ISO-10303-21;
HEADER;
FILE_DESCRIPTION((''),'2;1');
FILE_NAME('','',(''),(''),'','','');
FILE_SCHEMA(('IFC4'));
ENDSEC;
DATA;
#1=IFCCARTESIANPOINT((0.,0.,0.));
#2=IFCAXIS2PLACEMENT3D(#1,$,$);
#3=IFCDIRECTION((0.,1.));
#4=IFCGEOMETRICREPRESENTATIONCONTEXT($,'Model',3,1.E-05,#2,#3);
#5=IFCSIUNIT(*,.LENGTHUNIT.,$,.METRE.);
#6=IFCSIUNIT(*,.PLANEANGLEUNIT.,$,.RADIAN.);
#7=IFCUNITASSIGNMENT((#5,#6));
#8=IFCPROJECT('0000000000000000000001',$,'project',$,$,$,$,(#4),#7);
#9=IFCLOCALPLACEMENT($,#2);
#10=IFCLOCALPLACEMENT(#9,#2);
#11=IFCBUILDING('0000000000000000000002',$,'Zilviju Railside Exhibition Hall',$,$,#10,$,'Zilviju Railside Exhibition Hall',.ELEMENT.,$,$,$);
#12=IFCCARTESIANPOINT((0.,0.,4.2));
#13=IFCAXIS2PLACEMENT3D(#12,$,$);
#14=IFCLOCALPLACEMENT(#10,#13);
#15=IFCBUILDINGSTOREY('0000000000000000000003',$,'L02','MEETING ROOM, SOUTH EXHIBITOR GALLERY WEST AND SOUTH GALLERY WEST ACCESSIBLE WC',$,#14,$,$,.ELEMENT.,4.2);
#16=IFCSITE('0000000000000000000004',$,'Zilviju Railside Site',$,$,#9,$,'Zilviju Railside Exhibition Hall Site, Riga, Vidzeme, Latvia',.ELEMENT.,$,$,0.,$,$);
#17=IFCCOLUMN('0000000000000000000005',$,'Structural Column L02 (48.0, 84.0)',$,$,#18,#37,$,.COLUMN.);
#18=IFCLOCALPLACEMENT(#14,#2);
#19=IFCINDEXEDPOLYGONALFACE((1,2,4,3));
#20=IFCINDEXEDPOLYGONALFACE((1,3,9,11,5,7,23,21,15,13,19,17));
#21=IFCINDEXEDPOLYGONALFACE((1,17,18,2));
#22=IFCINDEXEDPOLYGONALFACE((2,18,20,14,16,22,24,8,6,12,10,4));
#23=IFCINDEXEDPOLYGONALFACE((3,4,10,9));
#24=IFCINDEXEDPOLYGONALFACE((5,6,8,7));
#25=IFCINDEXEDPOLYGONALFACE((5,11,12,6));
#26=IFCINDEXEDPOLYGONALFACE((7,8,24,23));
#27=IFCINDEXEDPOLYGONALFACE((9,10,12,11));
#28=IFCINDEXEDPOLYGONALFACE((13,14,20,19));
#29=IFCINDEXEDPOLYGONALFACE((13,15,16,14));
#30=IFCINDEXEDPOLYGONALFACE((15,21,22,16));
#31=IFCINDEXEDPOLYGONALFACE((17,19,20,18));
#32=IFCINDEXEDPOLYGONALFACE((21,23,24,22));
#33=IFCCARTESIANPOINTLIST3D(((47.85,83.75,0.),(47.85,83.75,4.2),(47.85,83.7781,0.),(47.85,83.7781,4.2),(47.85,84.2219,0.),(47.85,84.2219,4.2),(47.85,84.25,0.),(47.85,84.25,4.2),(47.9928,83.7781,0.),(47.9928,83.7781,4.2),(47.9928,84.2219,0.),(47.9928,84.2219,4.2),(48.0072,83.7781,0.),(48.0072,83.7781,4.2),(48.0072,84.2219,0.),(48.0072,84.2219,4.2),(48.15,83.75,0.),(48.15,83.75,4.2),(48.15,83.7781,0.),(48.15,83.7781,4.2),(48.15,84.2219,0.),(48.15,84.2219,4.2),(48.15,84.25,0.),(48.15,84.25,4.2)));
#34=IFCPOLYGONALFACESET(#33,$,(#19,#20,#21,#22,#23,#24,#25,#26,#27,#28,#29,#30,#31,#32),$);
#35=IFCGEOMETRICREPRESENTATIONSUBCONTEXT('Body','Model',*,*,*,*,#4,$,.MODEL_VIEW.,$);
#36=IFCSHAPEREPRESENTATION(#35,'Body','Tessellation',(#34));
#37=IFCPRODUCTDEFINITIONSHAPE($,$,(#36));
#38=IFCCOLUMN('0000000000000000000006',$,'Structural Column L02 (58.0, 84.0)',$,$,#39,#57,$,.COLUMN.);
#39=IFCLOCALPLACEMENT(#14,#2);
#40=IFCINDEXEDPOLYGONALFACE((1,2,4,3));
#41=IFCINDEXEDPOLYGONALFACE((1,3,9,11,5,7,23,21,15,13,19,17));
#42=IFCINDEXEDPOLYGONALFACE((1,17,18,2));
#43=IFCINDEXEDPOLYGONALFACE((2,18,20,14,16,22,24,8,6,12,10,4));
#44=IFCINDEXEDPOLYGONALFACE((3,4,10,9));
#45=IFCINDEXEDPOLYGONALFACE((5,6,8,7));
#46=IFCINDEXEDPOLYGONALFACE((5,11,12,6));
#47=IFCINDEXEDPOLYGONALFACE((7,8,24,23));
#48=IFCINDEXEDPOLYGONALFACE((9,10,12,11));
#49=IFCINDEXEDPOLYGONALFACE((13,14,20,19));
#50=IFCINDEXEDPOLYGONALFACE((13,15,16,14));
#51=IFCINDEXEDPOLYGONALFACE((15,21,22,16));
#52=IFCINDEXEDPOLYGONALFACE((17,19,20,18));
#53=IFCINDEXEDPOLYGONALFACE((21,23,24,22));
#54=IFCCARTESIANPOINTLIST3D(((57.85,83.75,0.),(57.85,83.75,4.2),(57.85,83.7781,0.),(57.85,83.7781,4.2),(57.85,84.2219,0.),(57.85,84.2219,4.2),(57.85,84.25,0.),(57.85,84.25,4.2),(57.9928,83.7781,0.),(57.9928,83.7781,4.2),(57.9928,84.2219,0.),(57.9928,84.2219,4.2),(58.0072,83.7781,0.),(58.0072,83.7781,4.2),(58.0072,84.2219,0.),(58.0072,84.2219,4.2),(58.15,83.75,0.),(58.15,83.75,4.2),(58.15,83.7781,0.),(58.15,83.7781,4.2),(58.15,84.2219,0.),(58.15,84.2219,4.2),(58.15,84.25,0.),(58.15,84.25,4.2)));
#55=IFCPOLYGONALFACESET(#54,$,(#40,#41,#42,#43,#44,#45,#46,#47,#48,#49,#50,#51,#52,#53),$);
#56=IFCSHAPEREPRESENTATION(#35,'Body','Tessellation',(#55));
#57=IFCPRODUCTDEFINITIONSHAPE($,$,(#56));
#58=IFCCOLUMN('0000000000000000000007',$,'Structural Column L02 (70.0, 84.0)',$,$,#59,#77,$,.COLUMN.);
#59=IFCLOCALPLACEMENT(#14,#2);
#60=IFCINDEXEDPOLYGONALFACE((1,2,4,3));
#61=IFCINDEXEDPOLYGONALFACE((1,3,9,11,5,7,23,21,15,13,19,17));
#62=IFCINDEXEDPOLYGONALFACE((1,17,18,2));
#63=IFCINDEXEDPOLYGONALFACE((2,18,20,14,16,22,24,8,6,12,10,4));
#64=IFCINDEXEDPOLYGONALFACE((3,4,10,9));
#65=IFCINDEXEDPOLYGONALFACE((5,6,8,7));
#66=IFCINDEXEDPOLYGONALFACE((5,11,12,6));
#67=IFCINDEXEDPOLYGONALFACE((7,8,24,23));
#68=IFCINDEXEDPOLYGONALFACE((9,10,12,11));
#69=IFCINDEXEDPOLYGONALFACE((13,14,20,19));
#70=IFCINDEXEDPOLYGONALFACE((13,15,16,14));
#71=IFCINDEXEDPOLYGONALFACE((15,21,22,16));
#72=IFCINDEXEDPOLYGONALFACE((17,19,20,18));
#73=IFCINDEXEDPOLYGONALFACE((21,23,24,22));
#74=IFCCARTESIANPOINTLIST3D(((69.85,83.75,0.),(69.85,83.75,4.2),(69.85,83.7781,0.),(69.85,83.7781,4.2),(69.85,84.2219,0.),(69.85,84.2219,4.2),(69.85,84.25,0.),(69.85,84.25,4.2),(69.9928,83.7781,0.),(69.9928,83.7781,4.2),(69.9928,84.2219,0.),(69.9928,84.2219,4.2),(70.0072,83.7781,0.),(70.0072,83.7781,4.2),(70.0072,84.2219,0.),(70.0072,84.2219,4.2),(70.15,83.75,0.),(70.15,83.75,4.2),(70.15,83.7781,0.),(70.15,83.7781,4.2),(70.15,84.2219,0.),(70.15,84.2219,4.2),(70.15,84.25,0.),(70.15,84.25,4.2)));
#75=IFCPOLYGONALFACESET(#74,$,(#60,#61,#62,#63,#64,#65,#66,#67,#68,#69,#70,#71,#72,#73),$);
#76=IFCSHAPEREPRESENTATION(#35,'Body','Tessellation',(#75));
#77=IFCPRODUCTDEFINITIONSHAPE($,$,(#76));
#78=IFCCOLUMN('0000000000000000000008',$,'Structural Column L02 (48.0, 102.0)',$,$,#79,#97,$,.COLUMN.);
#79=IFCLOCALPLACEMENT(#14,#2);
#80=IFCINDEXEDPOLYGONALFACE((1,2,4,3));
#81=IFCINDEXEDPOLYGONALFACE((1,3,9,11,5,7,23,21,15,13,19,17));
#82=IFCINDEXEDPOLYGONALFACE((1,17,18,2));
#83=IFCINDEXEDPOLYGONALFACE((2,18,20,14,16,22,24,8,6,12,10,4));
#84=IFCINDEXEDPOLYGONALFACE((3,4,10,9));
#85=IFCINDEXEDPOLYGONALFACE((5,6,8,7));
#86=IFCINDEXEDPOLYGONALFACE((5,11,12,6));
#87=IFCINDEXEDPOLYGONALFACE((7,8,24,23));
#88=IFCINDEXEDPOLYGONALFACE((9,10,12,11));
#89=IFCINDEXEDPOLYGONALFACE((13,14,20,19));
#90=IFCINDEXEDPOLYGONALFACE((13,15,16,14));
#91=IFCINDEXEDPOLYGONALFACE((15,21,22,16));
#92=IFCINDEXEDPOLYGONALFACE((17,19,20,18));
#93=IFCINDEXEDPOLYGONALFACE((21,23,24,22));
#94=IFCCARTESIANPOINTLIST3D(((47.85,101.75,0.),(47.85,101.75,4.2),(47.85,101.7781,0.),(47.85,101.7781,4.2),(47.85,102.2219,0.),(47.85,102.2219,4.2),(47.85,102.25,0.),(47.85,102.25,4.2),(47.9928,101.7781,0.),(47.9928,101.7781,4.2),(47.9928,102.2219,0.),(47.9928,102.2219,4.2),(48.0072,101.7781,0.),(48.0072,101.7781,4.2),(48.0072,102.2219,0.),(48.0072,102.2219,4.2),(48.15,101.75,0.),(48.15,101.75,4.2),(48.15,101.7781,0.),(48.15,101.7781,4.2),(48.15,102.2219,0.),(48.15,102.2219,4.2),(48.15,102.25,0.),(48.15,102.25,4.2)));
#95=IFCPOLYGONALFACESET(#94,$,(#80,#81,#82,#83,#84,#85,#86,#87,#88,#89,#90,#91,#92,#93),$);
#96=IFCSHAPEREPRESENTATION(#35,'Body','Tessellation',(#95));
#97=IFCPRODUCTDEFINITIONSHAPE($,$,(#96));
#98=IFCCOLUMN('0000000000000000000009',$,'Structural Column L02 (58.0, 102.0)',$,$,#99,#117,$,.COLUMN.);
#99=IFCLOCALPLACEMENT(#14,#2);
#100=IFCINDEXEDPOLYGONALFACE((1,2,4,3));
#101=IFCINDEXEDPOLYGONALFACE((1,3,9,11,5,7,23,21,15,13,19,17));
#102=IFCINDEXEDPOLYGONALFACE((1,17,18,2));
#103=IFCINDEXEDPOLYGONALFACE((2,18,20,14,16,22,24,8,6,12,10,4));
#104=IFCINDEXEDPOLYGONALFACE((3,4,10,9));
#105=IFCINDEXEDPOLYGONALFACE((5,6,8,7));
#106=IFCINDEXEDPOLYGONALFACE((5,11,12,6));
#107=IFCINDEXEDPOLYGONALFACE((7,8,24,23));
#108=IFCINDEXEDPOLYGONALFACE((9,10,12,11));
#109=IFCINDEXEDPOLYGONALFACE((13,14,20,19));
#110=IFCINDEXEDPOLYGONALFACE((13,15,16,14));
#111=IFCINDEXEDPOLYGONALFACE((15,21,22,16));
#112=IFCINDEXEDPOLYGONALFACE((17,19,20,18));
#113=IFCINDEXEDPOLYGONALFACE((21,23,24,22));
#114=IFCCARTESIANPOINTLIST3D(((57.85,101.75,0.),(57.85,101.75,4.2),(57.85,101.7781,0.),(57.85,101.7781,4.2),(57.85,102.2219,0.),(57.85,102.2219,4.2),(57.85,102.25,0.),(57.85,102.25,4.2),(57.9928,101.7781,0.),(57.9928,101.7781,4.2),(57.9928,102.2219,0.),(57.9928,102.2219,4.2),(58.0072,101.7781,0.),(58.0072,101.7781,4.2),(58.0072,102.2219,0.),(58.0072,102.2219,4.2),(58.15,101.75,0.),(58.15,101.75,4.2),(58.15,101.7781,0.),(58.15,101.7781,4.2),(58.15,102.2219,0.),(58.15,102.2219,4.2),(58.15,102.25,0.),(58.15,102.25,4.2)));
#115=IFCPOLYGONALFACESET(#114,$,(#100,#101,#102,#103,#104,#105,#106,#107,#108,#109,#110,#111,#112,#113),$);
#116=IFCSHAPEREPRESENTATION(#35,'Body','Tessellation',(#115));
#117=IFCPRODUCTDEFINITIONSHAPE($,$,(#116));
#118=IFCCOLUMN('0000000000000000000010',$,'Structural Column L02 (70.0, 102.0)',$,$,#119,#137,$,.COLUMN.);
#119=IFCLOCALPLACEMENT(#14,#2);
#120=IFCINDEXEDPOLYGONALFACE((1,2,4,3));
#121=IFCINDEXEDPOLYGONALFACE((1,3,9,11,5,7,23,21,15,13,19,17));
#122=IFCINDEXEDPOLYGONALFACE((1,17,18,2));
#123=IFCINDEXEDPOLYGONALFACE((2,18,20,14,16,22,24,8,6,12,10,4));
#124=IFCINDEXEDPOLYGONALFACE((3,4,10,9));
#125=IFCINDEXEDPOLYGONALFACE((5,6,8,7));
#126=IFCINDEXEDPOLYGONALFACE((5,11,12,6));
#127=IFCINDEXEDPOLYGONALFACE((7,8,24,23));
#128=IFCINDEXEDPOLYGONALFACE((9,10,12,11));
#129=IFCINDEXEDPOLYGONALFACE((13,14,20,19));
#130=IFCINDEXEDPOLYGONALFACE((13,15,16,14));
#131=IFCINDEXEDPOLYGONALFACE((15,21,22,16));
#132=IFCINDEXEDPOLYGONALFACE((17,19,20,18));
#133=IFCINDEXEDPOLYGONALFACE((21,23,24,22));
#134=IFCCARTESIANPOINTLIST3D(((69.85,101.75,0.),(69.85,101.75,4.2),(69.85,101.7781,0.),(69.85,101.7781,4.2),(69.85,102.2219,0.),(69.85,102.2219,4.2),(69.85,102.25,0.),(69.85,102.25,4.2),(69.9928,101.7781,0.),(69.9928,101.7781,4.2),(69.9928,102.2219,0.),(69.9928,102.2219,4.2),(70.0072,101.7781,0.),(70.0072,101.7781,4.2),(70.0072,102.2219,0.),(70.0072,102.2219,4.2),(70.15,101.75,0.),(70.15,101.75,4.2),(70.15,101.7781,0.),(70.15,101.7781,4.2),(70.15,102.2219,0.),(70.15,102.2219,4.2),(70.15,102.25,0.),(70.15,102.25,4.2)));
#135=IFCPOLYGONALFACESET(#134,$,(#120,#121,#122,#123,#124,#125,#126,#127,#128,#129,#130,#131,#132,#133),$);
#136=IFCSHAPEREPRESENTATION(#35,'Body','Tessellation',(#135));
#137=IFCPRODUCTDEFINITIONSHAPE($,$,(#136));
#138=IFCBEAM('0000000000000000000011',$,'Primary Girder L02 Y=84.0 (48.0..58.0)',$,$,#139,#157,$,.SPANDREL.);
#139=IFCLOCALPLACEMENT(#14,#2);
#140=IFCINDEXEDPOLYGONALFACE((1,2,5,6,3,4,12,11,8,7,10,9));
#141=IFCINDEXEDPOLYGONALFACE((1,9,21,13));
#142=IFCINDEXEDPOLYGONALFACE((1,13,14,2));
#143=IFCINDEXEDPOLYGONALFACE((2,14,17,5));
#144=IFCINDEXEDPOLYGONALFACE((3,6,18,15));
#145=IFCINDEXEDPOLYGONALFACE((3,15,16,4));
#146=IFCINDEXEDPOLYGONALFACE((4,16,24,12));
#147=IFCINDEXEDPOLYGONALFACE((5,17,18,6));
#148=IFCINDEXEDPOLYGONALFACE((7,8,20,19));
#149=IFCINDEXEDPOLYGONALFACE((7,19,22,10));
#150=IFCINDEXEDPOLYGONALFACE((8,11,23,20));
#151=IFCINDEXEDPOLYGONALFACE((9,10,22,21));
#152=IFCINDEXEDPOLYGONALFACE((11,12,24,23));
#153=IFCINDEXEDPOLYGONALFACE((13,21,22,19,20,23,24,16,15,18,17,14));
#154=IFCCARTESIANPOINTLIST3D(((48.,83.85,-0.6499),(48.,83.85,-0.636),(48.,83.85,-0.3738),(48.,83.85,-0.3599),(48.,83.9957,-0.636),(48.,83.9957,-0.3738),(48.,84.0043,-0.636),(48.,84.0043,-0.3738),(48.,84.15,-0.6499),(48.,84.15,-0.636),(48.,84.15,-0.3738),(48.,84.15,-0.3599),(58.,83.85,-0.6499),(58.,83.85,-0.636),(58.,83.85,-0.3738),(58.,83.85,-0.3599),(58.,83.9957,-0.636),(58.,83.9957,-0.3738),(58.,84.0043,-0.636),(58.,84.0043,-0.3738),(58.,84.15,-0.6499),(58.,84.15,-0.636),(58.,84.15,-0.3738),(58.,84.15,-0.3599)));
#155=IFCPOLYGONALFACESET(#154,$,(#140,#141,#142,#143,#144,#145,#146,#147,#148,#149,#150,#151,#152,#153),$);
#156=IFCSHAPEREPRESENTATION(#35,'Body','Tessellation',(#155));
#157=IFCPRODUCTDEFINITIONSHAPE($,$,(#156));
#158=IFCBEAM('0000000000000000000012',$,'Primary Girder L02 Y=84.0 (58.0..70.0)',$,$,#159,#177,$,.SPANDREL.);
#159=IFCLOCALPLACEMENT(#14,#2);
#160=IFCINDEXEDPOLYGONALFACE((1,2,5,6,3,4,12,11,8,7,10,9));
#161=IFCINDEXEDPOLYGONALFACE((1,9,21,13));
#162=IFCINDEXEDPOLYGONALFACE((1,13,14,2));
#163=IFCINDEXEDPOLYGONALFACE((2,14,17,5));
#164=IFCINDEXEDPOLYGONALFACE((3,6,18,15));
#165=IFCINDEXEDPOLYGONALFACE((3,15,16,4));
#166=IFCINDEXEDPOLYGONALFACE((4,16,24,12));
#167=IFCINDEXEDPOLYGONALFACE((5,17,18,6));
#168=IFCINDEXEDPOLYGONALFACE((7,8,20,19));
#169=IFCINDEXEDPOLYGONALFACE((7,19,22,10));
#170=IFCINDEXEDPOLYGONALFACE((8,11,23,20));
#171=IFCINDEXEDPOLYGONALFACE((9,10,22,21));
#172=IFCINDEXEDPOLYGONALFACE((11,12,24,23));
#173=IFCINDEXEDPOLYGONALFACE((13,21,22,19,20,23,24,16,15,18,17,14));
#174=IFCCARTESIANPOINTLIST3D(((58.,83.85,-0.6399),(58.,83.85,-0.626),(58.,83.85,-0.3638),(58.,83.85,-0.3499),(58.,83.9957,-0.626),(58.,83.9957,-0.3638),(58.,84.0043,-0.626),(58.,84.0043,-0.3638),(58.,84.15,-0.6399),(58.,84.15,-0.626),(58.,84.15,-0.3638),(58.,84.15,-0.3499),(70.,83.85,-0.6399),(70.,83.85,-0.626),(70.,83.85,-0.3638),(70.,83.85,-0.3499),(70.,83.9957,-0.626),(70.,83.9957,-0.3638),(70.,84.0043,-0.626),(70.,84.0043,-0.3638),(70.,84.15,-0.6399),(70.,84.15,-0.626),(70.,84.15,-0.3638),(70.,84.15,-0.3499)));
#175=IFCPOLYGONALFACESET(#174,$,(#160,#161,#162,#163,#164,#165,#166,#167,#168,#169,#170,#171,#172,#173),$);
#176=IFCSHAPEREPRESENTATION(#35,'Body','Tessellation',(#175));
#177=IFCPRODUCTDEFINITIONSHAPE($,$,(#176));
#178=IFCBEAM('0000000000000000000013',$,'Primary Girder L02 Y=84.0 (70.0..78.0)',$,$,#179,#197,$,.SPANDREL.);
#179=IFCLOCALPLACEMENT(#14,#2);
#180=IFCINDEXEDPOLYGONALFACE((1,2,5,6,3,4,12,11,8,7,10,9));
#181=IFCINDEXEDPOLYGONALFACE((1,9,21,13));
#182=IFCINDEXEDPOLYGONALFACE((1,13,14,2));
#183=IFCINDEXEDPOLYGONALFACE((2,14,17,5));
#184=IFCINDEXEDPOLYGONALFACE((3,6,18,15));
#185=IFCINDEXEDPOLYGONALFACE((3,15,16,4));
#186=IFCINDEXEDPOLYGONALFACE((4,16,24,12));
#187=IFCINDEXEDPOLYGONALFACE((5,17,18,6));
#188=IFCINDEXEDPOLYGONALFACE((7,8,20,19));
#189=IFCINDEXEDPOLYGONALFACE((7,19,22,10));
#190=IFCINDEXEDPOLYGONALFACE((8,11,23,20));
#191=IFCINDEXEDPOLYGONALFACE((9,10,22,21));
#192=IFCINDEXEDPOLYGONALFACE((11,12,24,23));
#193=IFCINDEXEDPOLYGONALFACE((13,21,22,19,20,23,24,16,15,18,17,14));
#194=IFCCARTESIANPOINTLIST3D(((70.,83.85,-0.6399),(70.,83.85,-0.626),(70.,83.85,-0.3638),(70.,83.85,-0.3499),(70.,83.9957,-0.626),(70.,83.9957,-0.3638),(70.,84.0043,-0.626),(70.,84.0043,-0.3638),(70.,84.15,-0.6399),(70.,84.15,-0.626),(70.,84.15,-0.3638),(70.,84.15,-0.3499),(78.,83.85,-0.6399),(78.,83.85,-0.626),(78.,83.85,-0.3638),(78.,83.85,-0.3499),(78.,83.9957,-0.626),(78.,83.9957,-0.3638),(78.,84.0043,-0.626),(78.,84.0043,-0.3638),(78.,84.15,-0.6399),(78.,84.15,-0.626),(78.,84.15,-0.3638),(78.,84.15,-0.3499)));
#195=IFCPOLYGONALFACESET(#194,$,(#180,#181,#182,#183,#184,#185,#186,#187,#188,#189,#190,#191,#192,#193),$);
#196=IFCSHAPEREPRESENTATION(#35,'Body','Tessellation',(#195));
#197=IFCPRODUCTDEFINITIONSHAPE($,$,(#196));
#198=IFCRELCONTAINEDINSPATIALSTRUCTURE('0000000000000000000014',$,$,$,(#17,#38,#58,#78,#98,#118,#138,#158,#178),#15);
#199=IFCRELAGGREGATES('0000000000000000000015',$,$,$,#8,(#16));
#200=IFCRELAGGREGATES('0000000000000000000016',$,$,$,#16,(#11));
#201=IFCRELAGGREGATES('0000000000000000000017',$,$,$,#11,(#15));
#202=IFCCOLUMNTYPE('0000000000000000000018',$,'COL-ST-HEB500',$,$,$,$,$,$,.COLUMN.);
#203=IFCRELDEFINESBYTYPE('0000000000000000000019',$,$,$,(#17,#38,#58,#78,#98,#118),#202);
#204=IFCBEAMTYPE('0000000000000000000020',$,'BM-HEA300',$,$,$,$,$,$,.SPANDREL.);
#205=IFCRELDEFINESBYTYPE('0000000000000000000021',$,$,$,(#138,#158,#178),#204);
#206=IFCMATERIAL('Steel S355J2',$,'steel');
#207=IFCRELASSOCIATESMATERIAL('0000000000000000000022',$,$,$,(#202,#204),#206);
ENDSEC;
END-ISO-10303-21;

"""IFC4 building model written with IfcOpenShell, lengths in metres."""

from ifc_helpers import new_model, si_unit, direction, frame, origin, origin_2d, place, context, subcontext, project, spatial, i_section, extrude, material, material_profile, profile_set, type_object, element, save


model = new_model("IFC4")

# Units and contexts
model_context = context("Model", 3, precision=1e-05, world=origin(), true_north=direction((0.0, 1.0)))
body_context = subcontext(model_context, "Body", "Model", "MODEL_VIEW")
ifc_project = project(units=[si_unit("LENGTHUNIT", "METRE"), si_unit("PLANEANGLEUNIT", "RADIAN")], contexts=[model_context])

# Site, building, storey
site_placement = place(None, origin())
site = spatial("IfcSite", under=ifc_project, at=site_placement, Name="Zilviju Railside Site", LongName="Zilviju Railside Exhibition Hall Site, Riga, Vidzeme, Latvia", CompositionType="ELEMENT", RefElevation=0.0)
building_placement = place(site_placement, origin())
building = spatial("IfcBuilding", under=site, at=building_placement, Name="Zilviju Railside Exhibition Hall", LongName="Zilviju Railside Exhibition Hall", CompositionType="ELEMENT")
storey_placement = place(building_placement, frame((0.0, 0.0, 4.2)))
storey = spatial("IfcBuildingStorey", under=building, at=storey_placement, Name="L02", Description="MEETING ROOM, SOUTH EXHIBITOR GALLERY WEST AND SOUTH GALLERY WEST ACCESSIBLE WC", CompositionType="ELEMENT", Elevation=4.2)

# Columns
ifc_material_1 = material(Name="Steel S355J2", Category="steel")
ifc_material_profile_1 = material_profile(ifc_material_1, i_section(OverallWidth=0.3, OverallDepth=0.5, WebThickness=0.0144, FlangeThickness=0.0281, at=origin_2d()), Name="HEB 500")
ifc_profile_set_1 = profile_set([ifc_material_profile_1], Name="Steel S355J2")
column_type = type_object("IfcColumnType", Name="COL-ST-HEB500", PredefinedType="COLUMN", material=ifc_profile_set_1)
for number, where, z_axis, x_axis, name in (
    (1, (48.0, 84.0, 0.0), (0.0, 0.0, 1.0), (1.0, 0.0, 0.0), "Structural Column L02 (48.0, 84.0)"),
    (2, (58.0, 84.0, 0.0), (0.0, 0.0, 1.0), (1.0, 0.0, 0.0), "Structural Column L02 (58.0, 84.0)"),
    (3, (70.0, 84.0, 0.0), (0.0, 0.0, 1.0), (1.0, 0.0, 0.0), "Structural Column L02 (70.0, 84.0)"),
    (4, (48.0, 102.0, 0.0), (0.0, 0.0, 1.0), (1.0, 0.0, 0.0), "Structural Column L02 (48.0, 102.0)"),
    (5, (58.0, 102.0, 0.0), (0.0, 0.0, 1.0), (1.0, 0.0, 0.0), "Structural Column L02 (58.0, 102.0)"),
    (6, (70.0, 102.0, 0.0), (0.0, 0.0, 1.0), (1.0, 0.0, 0.0), "Structural Column L02 (70.0, 102.0)"),
):
    element("IfcColumn", number, at=place(storey_placement, frame(where, z_axis=z_axis, x_axis=x_axis)), inside=storey, type_object=column_type, Name=name, PredefinedType="COLUMN", context=body_context, shape_type="SweptSolid", body=[
        extrude(i_section(OverallWidth=0.3, OverallDepth=0.5, WebThickness=0.0144, FlangeThickness=0.0281, at=origin_2d()), origin(), (0.0, 0.0, 1.0), 4.2),
    ])

# Beams
ifc_material_profile_2 = material_profile(ifc_material_1, i_section(OverallWidth=0.3, OverallDepth=0.29, WebThickness=0.0085, FlangeThickness=0.0139, at=origin_2d()), Name="HEA 300")
ifc_profile_set_2 = profile_set([ifc_material_profile_2], Name="Steel S355J2")
beam_type_1 = type_object("IfcBeamType", Name="BM-HEA300", PredefinedType="SPANDREL", material=ifc_profile_set_2)
beam_1_placement = place(storey_placement, frame((48.0, 84.0, -0.5049), z_axis=(1.0, 0.0, 0.0), x_axis=(0.0, 1.0, 0.0)))
element("IfcBeam", 7, at=beam_1_placement, inside=storey, type_object=beam_type_1, Name="Primary Girder L02 Y=84.0 (48.0..58.0)", PredefinedType="SPANDREL", context=body_context, shape_type="SweptSolid", body=[
    extrude(i_section(OverallWidth=0.3, OverallDepth=0.29, WebThickness=0.0085, FlangeThickness=0.0139, at=origin_2d()), origin(), (0.0, 0.0, 1.0), 10.0),
])
beam_2_placement = place(storey_placement, frame((58.0, 84.0, -0.4949), z_axis=(1.0, 0.0, 0.0), x_axis=(0.0, 1.0, 0.0)))
element("IfcBeam", 8, at=beam_2_placement, inside=storey, type_object=beam_type_1, Name="Primary Girder L02 Y=84.0 (58.0..70.0)", PredefinedType="SPANDREL", context=body_context, shape_type="SweptSolid", body=[
    extrude(i_section(OverallWidth=0.3, OverallDepth=0.29, WebThickness=0.0085, FlangeThickness=0.0139, at=origin_2d()), origin(), (0.0, 0.0, 1.0), 12.0),
])
beam_3_placement = place(storey_placement, frame((70.0, 84.0, -0.4949), z_axis=(1.0, 0.0, 0.0), x_axis=(0.0, 1.0, 0.0)))
element("IfcBeam", 9, at=beam_3_placement, inside=storey, type_object=beam_type_1, Name="Primary Girder L02 Y=84.0 (70.0..78.0)", PredefinedType="SPANDREL", context=body_context, shape_type="SweptSolid", body=[
    extrude(i_section(OverallWidth=0.3, OverallDepth=0.29, WebThickness=0.0085, FlangeThickness=0.0139, at=origin_2d()), origin(), (0.0, 0.0, 1.0), 8.0),
])

save(model, "model.ifc")
